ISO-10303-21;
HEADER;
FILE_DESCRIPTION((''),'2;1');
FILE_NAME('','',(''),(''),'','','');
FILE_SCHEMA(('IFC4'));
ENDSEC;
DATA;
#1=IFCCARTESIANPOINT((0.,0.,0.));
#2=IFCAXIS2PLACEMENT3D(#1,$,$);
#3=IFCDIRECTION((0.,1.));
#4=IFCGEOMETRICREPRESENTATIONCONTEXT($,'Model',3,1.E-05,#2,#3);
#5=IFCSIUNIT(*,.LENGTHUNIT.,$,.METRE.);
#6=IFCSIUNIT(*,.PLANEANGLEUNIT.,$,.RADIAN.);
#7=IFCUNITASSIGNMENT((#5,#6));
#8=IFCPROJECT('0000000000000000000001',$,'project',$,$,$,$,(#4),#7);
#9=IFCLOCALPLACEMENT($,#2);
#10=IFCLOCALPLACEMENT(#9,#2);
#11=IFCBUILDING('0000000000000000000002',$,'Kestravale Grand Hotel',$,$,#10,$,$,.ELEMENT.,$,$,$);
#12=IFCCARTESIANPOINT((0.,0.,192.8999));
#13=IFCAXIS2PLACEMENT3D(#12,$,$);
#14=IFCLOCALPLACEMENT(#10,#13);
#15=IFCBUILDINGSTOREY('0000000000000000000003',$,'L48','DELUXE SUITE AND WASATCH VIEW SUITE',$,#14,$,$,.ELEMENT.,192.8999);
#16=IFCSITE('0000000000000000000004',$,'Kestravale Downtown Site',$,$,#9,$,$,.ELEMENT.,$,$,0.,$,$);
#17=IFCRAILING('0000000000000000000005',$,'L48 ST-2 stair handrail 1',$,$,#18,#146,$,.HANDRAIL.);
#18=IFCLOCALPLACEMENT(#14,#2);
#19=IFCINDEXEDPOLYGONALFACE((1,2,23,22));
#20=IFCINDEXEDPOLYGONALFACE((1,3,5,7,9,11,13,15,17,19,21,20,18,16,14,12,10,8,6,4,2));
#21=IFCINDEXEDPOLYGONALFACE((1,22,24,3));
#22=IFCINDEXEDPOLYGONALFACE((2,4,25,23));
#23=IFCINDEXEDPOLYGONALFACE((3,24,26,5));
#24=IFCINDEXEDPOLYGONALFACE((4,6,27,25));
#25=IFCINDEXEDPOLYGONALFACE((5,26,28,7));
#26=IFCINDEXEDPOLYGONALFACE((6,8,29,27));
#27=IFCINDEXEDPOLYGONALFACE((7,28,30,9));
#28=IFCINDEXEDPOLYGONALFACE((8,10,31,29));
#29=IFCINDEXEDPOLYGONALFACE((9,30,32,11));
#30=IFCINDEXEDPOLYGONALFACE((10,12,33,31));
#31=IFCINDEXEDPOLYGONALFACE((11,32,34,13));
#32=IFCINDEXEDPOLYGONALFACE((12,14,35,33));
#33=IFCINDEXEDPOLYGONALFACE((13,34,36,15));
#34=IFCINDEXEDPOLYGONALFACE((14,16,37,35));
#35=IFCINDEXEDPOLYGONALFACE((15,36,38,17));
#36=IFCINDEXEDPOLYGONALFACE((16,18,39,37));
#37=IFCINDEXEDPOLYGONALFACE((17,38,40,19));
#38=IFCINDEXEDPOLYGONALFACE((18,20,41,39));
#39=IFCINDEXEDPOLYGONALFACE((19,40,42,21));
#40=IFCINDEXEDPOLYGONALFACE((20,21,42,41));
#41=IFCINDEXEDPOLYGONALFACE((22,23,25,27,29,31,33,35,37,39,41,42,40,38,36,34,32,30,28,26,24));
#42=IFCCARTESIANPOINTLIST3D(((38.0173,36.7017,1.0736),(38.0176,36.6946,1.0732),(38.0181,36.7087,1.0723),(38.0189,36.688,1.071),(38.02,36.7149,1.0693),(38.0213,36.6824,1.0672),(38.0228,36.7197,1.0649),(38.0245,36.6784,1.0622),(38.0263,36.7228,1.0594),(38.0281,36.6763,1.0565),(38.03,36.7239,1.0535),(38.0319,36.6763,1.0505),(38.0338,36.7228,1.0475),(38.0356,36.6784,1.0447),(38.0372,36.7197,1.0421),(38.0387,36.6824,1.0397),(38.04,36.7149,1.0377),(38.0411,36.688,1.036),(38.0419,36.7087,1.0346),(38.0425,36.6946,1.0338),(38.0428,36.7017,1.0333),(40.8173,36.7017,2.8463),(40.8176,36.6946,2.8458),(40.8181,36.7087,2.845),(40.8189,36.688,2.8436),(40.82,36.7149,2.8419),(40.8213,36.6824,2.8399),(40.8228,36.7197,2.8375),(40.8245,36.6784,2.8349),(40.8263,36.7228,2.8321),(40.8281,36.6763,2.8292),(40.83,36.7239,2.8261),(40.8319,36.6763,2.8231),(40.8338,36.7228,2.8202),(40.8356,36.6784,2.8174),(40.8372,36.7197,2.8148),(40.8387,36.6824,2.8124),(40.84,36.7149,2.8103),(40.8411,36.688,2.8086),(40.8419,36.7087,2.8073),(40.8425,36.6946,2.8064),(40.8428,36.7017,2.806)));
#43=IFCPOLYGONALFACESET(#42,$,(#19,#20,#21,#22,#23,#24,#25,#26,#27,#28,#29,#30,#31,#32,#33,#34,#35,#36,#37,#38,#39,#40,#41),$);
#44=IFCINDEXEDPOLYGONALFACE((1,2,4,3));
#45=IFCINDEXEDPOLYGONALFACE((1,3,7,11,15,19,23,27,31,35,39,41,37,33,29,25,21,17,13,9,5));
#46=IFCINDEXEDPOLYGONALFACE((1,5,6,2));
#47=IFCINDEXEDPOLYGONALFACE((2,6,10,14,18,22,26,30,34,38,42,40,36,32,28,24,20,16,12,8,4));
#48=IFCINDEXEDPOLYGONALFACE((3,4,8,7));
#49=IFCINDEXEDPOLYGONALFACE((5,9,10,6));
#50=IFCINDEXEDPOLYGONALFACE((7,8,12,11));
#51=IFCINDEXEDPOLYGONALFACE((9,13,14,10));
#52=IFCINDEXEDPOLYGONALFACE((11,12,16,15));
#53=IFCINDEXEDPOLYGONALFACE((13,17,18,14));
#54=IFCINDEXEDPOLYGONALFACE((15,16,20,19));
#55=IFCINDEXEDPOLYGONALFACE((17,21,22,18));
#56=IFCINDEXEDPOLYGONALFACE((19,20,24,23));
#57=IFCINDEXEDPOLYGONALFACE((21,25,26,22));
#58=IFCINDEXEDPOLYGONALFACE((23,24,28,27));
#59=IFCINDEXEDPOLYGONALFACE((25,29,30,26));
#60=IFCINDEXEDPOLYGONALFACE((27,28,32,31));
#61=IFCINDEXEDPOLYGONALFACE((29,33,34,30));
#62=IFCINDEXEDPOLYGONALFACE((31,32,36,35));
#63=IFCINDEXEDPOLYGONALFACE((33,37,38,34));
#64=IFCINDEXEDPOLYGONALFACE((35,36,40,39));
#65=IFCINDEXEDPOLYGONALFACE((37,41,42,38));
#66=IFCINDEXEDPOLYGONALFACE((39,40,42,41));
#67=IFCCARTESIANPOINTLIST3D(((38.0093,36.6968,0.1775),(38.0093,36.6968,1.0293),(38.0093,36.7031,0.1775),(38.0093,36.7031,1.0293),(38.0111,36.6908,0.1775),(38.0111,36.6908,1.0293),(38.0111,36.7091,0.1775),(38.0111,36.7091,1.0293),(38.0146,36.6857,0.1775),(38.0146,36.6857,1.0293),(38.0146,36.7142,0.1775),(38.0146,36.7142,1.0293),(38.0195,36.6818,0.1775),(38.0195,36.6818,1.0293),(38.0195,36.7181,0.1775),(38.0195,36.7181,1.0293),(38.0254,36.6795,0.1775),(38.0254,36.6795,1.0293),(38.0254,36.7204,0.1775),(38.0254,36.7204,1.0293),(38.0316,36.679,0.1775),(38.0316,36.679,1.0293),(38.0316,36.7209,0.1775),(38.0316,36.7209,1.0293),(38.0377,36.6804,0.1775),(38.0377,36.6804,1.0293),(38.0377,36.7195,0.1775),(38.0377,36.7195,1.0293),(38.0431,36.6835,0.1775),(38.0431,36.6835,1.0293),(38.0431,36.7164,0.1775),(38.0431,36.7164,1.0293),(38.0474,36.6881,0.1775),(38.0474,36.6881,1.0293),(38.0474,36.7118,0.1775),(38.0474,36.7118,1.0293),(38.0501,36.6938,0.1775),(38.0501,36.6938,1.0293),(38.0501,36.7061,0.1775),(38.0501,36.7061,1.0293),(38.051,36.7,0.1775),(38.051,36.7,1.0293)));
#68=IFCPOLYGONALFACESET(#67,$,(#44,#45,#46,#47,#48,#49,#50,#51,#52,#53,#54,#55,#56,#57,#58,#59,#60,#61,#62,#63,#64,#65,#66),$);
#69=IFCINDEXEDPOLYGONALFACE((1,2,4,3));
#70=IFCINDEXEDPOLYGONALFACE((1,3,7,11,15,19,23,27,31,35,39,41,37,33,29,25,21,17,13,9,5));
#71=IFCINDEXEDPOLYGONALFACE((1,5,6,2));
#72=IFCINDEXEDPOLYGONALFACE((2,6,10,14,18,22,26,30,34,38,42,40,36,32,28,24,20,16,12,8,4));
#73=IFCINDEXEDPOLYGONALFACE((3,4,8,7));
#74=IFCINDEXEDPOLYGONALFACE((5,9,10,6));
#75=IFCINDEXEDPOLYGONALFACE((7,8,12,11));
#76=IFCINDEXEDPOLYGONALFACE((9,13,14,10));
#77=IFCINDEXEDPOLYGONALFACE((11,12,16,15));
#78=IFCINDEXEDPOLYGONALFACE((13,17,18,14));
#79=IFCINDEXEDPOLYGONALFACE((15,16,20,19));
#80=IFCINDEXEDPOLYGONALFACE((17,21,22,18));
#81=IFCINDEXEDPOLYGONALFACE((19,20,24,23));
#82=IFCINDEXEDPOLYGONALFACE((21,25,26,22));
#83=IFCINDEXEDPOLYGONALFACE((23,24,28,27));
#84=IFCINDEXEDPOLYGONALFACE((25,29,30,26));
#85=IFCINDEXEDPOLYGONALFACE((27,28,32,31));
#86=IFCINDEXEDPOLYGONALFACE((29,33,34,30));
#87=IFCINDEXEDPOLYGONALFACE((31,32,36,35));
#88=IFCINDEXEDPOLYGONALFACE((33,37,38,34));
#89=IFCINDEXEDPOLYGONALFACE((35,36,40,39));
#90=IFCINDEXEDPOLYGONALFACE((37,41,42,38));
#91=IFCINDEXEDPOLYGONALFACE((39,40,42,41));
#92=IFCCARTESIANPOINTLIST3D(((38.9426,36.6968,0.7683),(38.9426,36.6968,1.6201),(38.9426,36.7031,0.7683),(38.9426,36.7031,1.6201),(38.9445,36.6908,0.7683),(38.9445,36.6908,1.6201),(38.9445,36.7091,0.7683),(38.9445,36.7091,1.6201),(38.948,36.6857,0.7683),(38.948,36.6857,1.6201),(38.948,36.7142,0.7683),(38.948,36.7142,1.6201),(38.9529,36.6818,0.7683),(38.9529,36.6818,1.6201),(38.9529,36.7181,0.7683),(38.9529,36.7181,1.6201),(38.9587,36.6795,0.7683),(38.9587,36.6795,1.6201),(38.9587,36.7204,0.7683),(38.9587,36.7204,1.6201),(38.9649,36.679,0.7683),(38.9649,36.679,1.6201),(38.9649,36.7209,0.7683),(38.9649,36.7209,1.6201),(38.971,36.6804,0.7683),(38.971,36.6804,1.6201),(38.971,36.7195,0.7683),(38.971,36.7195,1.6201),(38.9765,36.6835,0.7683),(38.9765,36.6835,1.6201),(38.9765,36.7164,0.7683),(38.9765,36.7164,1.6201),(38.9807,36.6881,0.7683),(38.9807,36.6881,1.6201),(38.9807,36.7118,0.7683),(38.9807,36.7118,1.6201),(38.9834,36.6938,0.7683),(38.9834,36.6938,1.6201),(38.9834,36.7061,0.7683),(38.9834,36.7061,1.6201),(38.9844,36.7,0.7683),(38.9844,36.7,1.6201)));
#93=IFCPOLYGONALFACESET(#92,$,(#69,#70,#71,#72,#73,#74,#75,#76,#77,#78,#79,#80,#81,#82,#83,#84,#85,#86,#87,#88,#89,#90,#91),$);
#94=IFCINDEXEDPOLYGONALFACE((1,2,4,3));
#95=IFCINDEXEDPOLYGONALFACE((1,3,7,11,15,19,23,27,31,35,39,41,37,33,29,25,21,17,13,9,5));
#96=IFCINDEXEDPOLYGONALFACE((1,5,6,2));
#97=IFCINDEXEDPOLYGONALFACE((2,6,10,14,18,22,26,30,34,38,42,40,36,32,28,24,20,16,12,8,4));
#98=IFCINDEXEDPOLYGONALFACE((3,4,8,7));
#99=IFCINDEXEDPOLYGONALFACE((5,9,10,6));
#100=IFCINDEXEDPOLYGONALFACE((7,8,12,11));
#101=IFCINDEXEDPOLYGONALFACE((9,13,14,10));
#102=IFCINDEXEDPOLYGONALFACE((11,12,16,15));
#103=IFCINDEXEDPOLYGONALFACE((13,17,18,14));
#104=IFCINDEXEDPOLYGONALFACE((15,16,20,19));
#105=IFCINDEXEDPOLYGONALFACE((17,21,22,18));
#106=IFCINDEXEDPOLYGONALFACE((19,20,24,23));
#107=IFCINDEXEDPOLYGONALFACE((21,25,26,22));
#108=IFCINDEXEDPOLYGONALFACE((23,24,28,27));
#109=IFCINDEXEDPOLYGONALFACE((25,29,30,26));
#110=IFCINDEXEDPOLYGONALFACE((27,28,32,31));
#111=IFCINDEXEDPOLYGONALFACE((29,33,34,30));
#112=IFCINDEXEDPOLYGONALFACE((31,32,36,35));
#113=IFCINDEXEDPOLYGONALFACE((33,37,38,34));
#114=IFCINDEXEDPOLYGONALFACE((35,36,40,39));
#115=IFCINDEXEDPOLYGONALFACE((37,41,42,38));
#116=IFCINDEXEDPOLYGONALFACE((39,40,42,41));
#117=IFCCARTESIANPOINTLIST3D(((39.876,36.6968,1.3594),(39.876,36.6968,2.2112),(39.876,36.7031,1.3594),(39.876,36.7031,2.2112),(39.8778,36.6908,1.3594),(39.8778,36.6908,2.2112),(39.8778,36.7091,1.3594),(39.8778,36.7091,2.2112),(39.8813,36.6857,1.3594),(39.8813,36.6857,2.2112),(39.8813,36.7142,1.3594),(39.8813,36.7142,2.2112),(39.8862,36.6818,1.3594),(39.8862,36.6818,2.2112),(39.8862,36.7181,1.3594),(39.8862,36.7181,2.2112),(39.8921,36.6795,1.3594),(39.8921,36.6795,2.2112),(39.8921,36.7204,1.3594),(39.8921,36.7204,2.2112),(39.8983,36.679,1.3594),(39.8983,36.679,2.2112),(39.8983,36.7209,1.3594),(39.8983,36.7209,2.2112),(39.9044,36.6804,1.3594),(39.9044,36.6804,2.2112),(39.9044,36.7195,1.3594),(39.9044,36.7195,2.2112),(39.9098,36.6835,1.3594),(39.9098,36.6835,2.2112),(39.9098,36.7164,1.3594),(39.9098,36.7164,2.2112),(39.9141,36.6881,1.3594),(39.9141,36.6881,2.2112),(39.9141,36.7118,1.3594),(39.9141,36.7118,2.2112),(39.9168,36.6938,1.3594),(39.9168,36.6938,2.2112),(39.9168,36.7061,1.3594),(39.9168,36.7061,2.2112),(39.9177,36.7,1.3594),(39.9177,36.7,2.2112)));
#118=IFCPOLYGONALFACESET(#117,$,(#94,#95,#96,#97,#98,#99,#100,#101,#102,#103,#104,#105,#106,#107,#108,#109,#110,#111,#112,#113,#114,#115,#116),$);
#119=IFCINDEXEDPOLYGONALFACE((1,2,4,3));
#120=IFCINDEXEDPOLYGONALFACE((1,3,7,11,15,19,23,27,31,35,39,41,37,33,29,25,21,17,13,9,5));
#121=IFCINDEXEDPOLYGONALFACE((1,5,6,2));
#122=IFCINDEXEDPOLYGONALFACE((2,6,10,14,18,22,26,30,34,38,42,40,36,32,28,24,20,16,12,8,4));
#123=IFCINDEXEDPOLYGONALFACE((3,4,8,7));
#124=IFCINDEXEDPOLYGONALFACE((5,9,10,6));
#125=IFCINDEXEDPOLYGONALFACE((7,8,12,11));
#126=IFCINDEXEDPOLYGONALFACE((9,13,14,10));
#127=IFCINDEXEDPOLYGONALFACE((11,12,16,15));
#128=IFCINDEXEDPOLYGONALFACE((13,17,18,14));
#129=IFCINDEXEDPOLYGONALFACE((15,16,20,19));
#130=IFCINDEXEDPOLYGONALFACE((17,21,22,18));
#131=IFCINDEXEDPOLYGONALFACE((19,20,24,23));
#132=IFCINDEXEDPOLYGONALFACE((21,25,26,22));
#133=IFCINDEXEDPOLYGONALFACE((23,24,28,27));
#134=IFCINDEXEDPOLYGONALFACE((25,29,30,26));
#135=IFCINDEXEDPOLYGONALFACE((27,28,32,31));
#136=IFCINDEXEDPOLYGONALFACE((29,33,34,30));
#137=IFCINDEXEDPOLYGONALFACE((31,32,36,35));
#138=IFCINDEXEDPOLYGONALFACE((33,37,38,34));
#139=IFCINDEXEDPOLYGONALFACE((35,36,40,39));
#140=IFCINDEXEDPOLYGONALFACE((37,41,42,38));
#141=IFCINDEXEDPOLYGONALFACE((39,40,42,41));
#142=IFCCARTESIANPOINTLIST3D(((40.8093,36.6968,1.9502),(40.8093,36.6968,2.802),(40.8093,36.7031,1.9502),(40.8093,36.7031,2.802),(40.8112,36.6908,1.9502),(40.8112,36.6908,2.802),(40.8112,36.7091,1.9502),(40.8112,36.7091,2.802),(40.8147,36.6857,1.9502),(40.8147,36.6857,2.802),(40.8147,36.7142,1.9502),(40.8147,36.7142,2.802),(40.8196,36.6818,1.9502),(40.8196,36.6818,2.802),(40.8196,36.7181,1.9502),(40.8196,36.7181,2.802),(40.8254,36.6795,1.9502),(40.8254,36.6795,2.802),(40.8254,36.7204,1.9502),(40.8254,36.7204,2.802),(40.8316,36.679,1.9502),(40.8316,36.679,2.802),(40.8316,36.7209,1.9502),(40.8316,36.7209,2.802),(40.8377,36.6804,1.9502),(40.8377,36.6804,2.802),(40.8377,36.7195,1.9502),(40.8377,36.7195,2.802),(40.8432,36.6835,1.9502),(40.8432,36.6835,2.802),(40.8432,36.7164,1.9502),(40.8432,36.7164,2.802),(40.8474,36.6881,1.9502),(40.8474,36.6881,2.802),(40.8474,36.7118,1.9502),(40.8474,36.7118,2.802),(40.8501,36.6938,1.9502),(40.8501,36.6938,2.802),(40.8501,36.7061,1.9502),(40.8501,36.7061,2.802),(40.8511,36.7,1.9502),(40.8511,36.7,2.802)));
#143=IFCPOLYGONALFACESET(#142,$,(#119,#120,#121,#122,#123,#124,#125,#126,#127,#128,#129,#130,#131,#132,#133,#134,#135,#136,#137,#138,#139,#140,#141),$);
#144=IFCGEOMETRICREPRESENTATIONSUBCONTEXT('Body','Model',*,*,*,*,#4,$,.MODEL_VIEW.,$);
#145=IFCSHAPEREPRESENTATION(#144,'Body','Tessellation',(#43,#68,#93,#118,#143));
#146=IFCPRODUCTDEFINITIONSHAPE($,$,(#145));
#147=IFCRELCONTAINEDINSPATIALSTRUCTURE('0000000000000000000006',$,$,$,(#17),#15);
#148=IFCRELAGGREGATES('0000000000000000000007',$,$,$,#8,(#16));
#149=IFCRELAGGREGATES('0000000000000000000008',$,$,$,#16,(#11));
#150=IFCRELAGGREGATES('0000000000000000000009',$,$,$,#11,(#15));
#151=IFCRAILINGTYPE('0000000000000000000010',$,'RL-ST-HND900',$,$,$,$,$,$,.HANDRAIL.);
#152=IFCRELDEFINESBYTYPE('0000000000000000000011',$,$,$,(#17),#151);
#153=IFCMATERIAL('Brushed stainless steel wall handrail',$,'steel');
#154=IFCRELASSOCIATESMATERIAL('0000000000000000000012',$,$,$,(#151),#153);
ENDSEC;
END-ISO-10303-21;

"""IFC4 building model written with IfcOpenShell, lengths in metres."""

from ifc_helpers import new_model, si_unit, direction, frame, origin, origin_2d, place, context, subcontext, project, spatial, circle, extrude, material, type_object, element, save


model = new_model("IFC4")

# Units and contexts
model_context = context("Model", 3, precision=1e-05, world=origin(), true_north=direction((0.0, 1.0)))
body_context = subcontext(model_context, "Body", "Model", "MODEL_VIEW")
ifc_project = project(units=[si_unit("LENGTHUNIT", "METRE"), si_unit("PLANEANGLEUNIT", "RADIAN")], contexts=[model_context])

# Site, building, storey
site_placement = place(None, origin())
site = spatial("IfcSite", under=ifc_project, at=site_placement, Name="Kestravale Downtown Site", CompositionType="ELEMENT", RefElevation=0.0)
building_placement = place(site_placement, origin())
building = spatial("IfcBuilding", under=site, at=building_placement, Name="Kestravale Grand Hotel", CompositionType="ELEMENT")
storey_placement = place(building_placement, frame((0.0, 0.0, 192.8999)))
storey = spatial("IfcBuildingStorey", under=building, at=storey_placement, Name="L48", Description="DELUXE SUITE AND WASATCH VIEW SUITE", CompositionType="ELEMENT", Elevation=192.8999)

# Railing
ifc_material_1 = material(Name="Brushed stainless steel wall handrail", Category="steel")
railing_type_1 = type_object("IfcRailingType", Name="RL-ST-HND900", PredefinedType="HANDRAIL", material=ifc_material_1)
railing_1_placement = place(storey_placement, frame((38.03, 36.7, 0.1775)))
element("IfcRailing", 1, at=railing_1_placement, inside=storey, type_object=railing_type_1, Name="L48 ST-2 stair handrail 1", PredefinedType="HANDRAIL", context=body_context, shape_type="SweptSolid", body=[
    extrude(circle(Radius=0.0239, at=origin_2d()), frame((0.0, 0.0, 0.876), z_axis=(0.844909, 0.0, 0.53491), x_axis=(0.0, 1.0, 0.0)), (0.0, 0.0, 1.0), 3.314),
    extrude(circle(Radius=0.021, at=origin_2d()), origin(), (0.0, 0.0, 1.0), 0.8518),
    extrude(circle(Radius=0.021, at=origin_2d()), frame((0.9333, 0.0, 0.5908)), (0.0, 0.0, 1.0), 0.8518),
    extrude(circle(Radius=0.021, at=origin_2d()), frame((1.8667, 0.0, 1.1819)), (0.0, 0.0, 1.0), 0.8518),
    extrude(circle(Radius=0.021, at=origin_2d()), frame((2.8, 0.0, 1.7727)), (0.0, 0.0, 1.0), 0.8518),
])

save(model, "model.ifc")
